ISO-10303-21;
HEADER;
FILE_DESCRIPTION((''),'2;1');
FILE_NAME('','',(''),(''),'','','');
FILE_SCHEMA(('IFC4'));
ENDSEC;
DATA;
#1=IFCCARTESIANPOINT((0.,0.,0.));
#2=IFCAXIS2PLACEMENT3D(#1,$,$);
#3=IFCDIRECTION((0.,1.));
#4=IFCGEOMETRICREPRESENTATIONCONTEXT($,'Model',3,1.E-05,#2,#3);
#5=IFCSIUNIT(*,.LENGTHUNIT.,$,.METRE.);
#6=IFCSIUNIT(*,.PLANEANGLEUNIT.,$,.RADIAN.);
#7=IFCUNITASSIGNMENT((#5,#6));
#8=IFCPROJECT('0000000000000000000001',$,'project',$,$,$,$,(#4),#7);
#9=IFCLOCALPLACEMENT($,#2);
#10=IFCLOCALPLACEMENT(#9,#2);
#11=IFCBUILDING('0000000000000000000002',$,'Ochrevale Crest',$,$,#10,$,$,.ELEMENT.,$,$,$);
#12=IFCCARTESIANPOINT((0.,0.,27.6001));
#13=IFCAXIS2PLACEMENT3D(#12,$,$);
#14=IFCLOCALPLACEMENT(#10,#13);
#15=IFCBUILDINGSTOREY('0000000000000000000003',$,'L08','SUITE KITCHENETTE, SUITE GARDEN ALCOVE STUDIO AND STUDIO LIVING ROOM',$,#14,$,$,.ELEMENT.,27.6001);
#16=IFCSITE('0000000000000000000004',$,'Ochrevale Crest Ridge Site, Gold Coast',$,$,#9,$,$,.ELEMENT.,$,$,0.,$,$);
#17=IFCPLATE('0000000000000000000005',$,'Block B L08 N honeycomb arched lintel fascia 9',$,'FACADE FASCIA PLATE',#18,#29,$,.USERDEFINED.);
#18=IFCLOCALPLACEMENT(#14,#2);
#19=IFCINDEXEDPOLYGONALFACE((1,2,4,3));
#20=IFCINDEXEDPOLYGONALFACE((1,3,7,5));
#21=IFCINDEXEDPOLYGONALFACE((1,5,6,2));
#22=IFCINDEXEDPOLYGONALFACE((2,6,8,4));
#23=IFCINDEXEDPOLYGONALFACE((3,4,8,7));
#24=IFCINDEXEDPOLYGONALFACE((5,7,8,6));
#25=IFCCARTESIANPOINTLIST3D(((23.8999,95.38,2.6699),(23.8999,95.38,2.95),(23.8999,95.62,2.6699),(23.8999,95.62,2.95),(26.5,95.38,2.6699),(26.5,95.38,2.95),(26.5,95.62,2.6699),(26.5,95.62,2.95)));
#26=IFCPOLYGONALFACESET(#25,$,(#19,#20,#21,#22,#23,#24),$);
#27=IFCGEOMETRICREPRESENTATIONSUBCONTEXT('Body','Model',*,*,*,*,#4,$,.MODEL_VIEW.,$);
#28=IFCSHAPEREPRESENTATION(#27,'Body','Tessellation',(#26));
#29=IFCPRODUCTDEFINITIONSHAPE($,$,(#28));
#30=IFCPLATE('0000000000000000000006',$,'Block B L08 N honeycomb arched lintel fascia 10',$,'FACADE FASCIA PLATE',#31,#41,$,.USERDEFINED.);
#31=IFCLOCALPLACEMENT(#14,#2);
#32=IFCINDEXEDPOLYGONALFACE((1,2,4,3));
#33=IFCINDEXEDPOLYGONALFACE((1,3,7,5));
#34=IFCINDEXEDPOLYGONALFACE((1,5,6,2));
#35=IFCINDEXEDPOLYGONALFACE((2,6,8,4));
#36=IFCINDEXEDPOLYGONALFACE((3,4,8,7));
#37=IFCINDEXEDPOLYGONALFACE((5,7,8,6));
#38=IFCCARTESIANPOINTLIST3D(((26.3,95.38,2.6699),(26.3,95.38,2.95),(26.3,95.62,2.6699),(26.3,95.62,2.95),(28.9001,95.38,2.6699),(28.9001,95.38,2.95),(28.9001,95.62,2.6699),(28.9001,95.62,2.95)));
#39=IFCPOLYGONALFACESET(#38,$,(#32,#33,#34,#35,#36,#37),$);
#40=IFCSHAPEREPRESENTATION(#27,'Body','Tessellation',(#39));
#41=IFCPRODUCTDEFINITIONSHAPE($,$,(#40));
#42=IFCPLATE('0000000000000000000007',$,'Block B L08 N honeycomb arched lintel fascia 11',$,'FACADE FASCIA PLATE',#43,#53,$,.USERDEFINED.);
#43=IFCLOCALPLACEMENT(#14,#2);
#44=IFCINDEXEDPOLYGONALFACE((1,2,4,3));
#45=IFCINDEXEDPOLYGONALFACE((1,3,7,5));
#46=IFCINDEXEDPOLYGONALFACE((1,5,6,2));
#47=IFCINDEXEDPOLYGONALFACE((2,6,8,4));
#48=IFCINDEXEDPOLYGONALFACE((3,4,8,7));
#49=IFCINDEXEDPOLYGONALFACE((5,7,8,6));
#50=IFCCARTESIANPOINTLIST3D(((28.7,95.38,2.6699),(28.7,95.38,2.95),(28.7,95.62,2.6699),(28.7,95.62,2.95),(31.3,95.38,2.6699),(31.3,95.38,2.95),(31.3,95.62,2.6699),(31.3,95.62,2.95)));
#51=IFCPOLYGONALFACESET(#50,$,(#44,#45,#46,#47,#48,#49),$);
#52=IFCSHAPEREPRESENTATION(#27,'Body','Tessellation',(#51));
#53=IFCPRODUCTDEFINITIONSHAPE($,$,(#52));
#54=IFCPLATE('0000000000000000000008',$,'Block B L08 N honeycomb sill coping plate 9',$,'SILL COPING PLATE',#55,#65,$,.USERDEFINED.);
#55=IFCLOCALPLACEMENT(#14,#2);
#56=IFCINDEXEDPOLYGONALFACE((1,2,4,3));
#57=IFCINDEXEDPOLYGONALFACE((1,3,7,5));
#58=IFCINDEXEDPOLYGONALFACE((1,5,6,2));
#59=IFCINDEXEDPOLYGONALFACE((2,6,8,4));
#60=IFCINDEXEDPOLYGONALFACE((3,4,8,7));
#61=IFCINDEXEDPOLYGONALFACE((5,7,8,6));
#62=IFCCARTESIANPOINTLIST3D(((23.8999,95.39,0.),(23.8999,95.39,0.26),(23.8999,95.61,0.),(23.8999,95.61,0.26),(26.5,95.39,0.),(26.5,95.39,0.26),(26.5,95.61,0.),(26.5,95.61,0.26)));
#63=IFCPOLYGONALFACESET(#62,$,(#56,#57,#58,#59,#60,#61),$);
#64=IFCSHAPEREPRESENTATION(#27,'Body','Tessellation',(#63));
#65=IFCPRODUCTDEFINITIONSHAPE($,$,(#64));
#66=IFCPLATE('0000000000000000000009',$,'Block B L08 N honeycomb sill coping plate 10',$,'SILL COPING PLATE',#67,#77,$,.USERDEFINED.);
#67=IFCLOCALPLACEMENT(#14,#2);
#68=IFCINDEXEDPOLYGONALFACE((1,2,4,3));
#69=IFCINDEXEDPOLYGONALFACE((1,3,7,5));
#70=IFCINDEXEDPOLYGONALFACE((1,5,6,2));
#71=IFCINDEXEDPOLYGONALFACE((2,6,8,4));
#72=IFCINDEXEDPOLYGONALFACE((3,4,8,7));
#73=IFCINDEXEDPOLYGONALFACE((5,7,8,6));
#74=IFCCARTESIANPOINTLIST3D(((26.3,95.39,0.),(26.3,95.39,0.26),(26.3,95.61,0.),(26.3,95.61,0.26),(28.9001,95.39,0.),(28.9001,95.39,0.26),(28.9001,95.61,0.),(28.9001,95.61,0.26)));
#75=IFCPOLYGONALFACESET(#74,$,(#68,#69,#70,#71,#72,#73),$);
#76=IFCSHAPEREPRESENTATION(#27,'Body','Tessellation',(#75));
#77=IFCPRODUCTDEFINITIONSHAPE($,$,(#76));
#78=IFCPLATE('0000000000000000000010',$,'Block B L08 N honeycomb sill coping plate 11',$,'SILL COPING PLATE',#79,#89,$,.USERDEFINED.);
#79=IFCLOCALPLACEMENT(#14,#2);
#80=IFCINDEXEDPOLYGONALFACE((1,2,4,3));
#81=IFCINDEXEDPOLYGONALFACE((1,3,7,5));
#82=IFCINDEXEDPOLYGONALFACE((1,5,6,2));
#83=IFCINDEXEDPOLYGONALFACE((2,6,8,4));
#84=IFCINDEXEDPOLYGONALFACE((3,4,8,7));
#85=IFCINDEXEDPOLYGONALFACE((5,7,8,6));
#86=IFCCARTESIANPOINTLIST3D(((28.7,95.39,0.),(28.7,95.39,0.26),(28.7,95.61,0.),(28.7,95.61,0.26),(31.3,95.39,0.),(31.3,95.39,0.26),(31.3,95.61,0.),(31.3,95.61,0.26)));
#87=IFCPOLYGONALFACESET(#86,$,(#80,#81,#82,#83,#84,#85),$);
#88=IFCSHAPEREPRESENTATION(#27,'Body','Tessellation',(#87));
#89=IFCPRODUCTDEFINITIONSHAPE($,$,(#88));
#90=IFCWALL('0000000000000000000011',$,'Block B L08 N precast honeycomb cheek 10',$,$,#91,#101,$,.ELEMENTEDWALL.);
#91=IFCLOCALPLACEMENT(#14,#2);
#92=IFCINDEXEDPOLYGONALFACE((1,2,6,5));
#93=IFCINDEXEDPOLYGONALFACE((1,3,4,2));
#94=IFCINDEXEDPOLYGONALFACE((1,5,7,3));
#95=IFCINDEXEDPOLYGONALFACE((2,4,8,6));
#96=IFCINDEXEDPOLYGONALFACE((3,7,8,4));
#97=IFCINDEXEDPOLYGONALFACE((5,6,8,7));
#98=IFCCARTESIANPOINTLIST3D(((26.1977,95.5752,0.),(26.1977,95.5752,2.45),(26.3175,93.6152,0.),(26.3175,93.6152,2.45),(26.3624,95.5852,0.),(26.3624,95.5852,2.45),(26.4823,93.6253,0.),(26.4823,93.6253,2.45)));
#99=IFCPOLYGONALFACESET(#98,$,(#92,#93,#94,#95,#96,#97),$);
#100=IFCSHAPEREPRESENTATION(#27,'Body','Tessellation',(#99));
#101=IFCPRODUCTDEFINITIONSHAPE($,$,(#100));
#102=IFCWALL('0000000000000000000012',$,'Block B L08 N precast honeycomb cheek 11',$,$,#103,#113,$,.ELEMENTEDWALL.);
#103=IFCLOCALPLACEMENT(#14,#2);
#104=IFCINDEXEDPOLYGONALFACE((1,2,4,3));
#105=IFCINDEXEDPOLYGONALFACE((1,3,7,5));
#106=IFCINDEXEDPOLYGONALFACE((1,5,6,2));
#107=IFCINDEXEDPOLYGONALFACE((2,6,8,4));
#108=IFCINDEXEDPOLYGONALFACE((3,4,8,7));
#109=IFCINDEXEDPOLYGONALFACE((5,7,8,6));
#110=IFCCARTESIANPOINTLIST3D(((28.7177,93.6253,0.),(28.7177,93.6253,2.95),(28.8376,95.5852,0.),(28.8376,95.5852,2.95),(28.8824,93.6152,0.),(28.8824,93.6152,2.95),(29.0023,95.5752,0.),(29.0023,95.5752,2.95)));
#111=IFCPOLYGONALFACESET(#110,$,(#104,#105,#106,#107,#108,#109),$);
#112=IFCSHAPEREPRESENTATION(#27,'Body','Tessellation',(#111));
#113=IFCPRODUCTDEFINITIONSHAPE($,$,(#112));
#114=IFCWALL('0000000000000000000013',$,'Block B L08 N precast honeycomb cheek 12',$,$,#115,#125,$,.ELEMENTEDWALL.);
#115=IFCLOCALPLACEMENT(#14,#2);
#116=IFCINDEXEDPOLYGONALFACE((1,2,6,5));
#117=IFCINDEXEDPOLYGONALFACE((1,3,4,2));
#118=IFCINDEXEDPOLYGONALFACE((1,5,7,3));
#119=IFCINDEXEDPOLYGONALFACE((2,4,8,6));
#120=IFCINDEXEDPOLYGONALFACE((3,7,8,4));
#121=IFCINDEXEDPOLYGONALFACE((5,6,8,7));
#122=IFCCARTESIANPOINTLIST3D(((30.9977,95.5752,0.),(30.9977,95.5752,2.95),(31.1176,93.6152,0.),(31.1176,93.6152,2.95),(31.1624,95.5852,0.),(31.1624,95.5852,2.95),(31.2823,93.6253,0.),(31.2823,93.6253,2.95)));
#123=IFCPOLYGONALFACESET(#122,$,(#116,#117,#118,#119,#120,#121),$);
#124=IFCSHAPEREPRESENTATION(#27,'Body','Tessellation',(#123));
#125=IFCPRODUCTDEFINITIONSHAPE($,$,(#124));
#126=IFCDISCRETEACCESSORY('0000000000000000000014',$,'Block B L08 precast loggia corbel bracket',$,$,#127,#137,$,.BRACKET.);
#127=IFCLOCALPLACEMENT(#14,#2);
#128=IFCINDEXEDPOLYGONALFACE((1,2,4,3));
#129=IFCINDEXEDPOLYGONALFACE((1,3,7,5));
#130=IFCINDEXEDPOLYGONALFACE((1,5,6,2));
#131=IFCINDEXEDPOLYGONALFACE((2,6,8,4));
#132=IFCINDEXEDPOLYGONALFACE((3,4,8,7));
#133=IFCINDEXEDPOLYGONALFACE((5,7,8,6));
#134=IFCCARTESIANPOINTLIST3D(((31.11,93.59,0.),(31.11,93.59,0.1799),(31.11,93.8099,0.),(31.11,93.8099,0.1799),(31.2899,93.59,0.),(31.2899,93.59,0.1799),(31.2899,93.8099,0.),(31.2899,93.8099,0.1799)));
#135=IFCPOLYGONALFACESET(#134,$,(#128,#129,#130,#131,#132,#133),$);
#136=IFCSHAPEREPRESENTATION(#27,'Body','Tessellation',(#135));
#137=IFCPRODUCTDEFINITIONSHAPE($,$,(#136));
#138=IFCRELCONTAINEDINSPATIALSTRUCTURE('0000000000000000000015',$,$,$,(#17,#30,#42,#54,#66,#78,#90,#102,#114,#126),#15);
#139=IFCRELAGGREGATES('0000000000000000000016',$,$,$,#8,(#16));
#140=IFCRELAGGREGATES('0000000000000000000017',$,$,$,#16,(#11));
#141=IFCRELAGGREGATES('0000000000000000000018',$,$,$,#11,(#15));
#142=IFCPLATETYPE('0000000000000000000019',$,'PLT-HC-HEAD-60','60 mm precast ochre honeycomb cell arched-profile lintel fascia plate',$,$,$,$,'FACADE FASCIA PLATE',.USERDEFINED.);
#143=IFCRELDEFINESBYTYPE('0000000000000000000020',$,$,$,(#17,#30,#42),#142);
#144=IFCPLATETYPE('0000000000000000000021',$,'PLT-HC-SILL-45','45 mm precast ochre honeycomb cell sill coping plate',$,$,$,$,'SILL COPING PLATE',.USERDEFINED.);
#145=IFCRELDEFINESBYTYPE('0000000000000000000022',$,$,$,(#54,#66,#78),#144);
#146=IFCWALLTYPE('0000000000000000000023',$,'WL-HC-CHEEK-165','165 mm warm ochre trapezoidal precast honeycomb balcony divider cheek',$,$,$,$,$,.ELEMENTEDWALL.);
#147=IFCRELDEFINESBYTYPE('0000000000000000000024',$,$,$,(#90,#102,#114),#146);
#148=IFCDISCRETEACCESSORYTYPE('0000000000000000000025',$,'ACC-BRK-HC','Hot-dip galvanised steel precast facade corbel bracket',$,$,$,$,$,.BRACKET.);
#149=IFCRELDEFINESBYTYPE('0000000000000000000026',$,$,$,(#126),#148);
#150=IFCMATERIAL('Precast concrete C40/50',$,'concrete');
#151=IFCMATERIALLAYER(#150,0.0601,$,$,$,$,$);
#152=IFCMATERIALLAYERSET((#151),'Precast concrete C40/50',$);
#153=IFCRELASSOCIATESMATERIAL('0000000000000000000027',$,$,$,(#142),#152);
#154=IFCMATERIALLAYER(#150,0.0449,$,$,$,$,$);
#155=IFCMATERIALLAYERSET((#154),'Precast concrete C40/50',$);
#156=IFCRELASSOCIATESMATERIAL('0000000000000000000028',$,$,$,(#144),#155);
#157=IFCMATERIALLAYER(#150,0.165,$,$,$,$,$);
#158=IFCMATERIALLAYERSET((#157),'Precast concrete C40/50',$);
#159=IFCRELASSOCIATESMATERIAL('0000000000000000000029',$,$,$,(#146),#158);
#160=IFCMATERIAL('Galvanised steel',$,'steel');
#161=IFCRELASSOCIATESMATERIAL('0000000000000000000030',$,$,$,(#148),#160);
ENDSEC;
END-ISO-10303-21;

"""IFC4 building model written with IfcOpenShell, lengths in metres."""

from ifc_helpers import new_model, si_unit, direction, frame, frame_2d, origin, origin_2d, place, context, subcontext, project, spatial, rectangle, extrude, material, layer, layer_set, type_object, element, save


model = new_model("IFC4")

# Units and contexts
model_context = context("Model", 3, precision=1e-05, world=origin(), true_north=direction((0.0, 1.0)))
body_context = subcontext(model_context, "Body", "Model", "MODEL_VIEW")
ifc_project = project(units=[si_unit("LENGTHUNIT", "METRE"), si_unit("PLANEANGLEUNIT", "RADIAN")], contexts=[model_context])

# Site, building, storey
site_placement = place(None, origin())
site = spatial("IfcSite", under=ifc_project, at=site_placement, Name="Ochrevale Crest Ridge Site, Gold Coast", CompositionType="ELEMENT", RefElevation=0.0)
building_placement = place(site_placement, origin())
building = spatial("IfcBuilding", under=site, at=building_placement, Name="Ochrevale Crest", CompositionType="ELEMENT")
storey_placement = place(building_placement, frame((0.0, 0.0, 27.6001)))
storey = spatial("IfcBuildingStorey", under=building, at=storey_placement, Name="L08", Description="SUITE KITCHENETTE, SUITE GARDEN ALCOVE STUDIO AND STUDIO LIVING ROOM", CompositionType="ELEMENT", Elevation=27.6001)

# Plates
ifc_material_1 = material(Name="Precast concrete C40/50", Category="concrete")
ifc_layer_1 = layer(ifc_material_1, 0.0601)
ifc_layer_set_1 = layer_set([ifc_layer_1], Name="Precast concrete C40/50")
plate_type_1 = type_object("IfcPlateType", Name="PLT-HC-HEAD-60", Description="60 mm precast ochre honeycomb cell arched-profile lintel fascia plate", ElementType="FACADE FASCIA PLATE", PredefinedType="USERDEFINED", material=ifc_layer_set_1)
for number, where, z_axis, x_axis, name in (
    (1, (25.2, 95.5, 2.6699), (0.0, 0.0, 1.0), (1.0, 0.0, 0.0), "Block B L08 N honeycomb arched lintel fascia 9"),
    (2, (27.6001, 95.5, 2.6699), (0.0, 0.0, 1.0), (1.0, 0.0, 0.0), "Block B L08 N honeycomb arched lintel fascia 10"),
    (3, (30.0, 95.5, 2.6699), (0.0, 0.0, 1.0), (1.0, 0.0, 0.0), "Block B L08 N honeycomb arched lintel fascia 11"),
):
    element("IfcPlate", number, at=place(storey_placement, frame(where, z_axis=z_axis, x_axis=x_axis)), inside=storey, type_object=plate_type_1, Name=name, ObjectType="FACADE FASCIA PLATE", PredefinedType="USERDEFINED", context=body_context, shape_type="SweptSolid", body=[
        extrude(rectangle(XDim=2.6001, YDim=0.24, at=origin_2d()), origin(), (0.0, 0.0, 1.0), 0.28),
    ])
ifc_layer_2 = layer(ifc_material_1, 0.0449)
ifc_layer_set_2 = layer_set([ifc_layer_2], Name="Precast concrete C40/50")
plate_type_2 = type_object("IfcPlateType", Name="PLT-HC-SILL-45", Description="45 mm precast ochre honeycomb cell sill coping plate", ElementType="SILL COPING PLATE", PredefinedType="USERDEFINED", material=ifc_layer_set_2)
for number, where, z_axis, x_axis, name in (
    (4, (25.2, 95.5, 0.0), (0.0, 0.0, 1.0), (1.0, 0.0, 0.0), "Block B L08 N honeycomb sill coping plate 9"),
    (5, (27.6001, 95.5, 0.0), (0.0, 0.0, 1.0), (1.0, 0.0, 0.0), "Block B L08 N honeycomb sill coping plate 10"),
    (6, (30.0, 95.5, 0.0), (0.0, 0.0, 1.0), (1.0, 0.0, 0.0), "Block B L08 N honeycomb sill coping plate 11"),
):
    element("IfcPlate", number, at=place(storey_placement, frame(where, z_axis=z_axis, x_axis=x_axis)), inside=storey, type_object=plate_type_2, Name=name, ObjectType="SILL COPING PLATE", PredefinedType="USERDEFINED", context=body_context, shape_type="SweptSolid", body=[
        extrude(rectangle(XDim=2.6001, YDim=0.22, at=origin_2d()), origin(), (0.0, 0.0, 1.0), 0.26),
    ])

# Walls
ifc_layer_3 = layer(ifc_material_1, 0.165)
ifc_layer_set_3 = layer_set([ifc_layer_3], Name="Precast concrete C40/50")
wall_type = type_object("IfcWallType", Name="WL-HC-CHEEK-165", Description="165 mm warm ochre trapezoidal precast honeycomb balcony divider cheek", PredefinedType="ELEMENTEDWALL", material=ifc_layer_set_3)
wall_placement = place(storey_placement, frame((26.3999, 93.6201, 0.0), z_axis=(0.0, 0.0, 1.0), x_axis=(-0.061047, 0.998135, 0.0)))
element("IfcWall", 7, at=wall_placement, inside=storey, type_object=wall_type, Name="Block B L08 N precast honeycomb cheek 10", PredefinedType="ELEMENTEDWALL", context=body_context, shape_type="SweptSolid", body=[
    extrude(rectangle(XDim=1.9636, YDim=0.165, at=frame_2d((0.9819, 0.0))), origin(), (0.0, 0.0, 1.0), 2.45),
])
for number, where, z_axis, x_axis, name in (
    (8, (28.8, 93.6201, 0.0), (0.0, 0.0, 1.0), (0.061047, 0.998135, 0.0), "Block B L08 N precast honeycomb cheek 11"),
    (9, (31.2, 93.6201, 0.0), (0.0, 0.0, 1.0), (-0.061047, 0.998135, 0.0), "Block B L08 N precast honeycomb cheek 12"),
):
    element("IfcWall", number, at=place(storey_placement, frame(where, z_axis=z_axis, x_axis=x_axis)), inside=storey, type_object=wall_type, Name=name, PredefinedType="ELEMENTEDWALL", context=body_context, shape_type="SweptSolid", body=[
        extrude(rectangle(XDim=1.9636, YDim=0.165, at=frame_2d((0.9819, 0.0))), origin(), (0.0, 0.0, 1.0), 2.95),
    ])

# Discrete accessory
ifc_material_2 = material(Name="Galvanised steel", Category="steel")
discrete_accessory_type = type_object("IfcDiscreteAccessoryType", Name="ACC-BRK-HC", Description="Hot-dip galvanised steel precast facade corbel bracket", PredefinedType="BRACKET", material=ifc_material_2)
discrete_accessory_placement = place(storey_placement, frame((31.2, 93.7, 0.0), z_axis=(0.0, 0.0, 1.0), x_axis=(1.0, 0.0, 0.0)))
element("IfcDiscreteAccessory", 10, at=discrete_accessory_placement, inside=storey, type_object=discrete_accessory_type, Name="Block B L08 precast loggia corbel bracket", PredefinedType="BRACKET", context=body_context, shape_type="SweptSolid", body=[
    extrude(rectangle(XDim=0.1799, YDim=0.22, at=origin_2d()), origin(), (0.0, 0.0, 1.0), 0.1799),
])

save(model, "model.ifc")
